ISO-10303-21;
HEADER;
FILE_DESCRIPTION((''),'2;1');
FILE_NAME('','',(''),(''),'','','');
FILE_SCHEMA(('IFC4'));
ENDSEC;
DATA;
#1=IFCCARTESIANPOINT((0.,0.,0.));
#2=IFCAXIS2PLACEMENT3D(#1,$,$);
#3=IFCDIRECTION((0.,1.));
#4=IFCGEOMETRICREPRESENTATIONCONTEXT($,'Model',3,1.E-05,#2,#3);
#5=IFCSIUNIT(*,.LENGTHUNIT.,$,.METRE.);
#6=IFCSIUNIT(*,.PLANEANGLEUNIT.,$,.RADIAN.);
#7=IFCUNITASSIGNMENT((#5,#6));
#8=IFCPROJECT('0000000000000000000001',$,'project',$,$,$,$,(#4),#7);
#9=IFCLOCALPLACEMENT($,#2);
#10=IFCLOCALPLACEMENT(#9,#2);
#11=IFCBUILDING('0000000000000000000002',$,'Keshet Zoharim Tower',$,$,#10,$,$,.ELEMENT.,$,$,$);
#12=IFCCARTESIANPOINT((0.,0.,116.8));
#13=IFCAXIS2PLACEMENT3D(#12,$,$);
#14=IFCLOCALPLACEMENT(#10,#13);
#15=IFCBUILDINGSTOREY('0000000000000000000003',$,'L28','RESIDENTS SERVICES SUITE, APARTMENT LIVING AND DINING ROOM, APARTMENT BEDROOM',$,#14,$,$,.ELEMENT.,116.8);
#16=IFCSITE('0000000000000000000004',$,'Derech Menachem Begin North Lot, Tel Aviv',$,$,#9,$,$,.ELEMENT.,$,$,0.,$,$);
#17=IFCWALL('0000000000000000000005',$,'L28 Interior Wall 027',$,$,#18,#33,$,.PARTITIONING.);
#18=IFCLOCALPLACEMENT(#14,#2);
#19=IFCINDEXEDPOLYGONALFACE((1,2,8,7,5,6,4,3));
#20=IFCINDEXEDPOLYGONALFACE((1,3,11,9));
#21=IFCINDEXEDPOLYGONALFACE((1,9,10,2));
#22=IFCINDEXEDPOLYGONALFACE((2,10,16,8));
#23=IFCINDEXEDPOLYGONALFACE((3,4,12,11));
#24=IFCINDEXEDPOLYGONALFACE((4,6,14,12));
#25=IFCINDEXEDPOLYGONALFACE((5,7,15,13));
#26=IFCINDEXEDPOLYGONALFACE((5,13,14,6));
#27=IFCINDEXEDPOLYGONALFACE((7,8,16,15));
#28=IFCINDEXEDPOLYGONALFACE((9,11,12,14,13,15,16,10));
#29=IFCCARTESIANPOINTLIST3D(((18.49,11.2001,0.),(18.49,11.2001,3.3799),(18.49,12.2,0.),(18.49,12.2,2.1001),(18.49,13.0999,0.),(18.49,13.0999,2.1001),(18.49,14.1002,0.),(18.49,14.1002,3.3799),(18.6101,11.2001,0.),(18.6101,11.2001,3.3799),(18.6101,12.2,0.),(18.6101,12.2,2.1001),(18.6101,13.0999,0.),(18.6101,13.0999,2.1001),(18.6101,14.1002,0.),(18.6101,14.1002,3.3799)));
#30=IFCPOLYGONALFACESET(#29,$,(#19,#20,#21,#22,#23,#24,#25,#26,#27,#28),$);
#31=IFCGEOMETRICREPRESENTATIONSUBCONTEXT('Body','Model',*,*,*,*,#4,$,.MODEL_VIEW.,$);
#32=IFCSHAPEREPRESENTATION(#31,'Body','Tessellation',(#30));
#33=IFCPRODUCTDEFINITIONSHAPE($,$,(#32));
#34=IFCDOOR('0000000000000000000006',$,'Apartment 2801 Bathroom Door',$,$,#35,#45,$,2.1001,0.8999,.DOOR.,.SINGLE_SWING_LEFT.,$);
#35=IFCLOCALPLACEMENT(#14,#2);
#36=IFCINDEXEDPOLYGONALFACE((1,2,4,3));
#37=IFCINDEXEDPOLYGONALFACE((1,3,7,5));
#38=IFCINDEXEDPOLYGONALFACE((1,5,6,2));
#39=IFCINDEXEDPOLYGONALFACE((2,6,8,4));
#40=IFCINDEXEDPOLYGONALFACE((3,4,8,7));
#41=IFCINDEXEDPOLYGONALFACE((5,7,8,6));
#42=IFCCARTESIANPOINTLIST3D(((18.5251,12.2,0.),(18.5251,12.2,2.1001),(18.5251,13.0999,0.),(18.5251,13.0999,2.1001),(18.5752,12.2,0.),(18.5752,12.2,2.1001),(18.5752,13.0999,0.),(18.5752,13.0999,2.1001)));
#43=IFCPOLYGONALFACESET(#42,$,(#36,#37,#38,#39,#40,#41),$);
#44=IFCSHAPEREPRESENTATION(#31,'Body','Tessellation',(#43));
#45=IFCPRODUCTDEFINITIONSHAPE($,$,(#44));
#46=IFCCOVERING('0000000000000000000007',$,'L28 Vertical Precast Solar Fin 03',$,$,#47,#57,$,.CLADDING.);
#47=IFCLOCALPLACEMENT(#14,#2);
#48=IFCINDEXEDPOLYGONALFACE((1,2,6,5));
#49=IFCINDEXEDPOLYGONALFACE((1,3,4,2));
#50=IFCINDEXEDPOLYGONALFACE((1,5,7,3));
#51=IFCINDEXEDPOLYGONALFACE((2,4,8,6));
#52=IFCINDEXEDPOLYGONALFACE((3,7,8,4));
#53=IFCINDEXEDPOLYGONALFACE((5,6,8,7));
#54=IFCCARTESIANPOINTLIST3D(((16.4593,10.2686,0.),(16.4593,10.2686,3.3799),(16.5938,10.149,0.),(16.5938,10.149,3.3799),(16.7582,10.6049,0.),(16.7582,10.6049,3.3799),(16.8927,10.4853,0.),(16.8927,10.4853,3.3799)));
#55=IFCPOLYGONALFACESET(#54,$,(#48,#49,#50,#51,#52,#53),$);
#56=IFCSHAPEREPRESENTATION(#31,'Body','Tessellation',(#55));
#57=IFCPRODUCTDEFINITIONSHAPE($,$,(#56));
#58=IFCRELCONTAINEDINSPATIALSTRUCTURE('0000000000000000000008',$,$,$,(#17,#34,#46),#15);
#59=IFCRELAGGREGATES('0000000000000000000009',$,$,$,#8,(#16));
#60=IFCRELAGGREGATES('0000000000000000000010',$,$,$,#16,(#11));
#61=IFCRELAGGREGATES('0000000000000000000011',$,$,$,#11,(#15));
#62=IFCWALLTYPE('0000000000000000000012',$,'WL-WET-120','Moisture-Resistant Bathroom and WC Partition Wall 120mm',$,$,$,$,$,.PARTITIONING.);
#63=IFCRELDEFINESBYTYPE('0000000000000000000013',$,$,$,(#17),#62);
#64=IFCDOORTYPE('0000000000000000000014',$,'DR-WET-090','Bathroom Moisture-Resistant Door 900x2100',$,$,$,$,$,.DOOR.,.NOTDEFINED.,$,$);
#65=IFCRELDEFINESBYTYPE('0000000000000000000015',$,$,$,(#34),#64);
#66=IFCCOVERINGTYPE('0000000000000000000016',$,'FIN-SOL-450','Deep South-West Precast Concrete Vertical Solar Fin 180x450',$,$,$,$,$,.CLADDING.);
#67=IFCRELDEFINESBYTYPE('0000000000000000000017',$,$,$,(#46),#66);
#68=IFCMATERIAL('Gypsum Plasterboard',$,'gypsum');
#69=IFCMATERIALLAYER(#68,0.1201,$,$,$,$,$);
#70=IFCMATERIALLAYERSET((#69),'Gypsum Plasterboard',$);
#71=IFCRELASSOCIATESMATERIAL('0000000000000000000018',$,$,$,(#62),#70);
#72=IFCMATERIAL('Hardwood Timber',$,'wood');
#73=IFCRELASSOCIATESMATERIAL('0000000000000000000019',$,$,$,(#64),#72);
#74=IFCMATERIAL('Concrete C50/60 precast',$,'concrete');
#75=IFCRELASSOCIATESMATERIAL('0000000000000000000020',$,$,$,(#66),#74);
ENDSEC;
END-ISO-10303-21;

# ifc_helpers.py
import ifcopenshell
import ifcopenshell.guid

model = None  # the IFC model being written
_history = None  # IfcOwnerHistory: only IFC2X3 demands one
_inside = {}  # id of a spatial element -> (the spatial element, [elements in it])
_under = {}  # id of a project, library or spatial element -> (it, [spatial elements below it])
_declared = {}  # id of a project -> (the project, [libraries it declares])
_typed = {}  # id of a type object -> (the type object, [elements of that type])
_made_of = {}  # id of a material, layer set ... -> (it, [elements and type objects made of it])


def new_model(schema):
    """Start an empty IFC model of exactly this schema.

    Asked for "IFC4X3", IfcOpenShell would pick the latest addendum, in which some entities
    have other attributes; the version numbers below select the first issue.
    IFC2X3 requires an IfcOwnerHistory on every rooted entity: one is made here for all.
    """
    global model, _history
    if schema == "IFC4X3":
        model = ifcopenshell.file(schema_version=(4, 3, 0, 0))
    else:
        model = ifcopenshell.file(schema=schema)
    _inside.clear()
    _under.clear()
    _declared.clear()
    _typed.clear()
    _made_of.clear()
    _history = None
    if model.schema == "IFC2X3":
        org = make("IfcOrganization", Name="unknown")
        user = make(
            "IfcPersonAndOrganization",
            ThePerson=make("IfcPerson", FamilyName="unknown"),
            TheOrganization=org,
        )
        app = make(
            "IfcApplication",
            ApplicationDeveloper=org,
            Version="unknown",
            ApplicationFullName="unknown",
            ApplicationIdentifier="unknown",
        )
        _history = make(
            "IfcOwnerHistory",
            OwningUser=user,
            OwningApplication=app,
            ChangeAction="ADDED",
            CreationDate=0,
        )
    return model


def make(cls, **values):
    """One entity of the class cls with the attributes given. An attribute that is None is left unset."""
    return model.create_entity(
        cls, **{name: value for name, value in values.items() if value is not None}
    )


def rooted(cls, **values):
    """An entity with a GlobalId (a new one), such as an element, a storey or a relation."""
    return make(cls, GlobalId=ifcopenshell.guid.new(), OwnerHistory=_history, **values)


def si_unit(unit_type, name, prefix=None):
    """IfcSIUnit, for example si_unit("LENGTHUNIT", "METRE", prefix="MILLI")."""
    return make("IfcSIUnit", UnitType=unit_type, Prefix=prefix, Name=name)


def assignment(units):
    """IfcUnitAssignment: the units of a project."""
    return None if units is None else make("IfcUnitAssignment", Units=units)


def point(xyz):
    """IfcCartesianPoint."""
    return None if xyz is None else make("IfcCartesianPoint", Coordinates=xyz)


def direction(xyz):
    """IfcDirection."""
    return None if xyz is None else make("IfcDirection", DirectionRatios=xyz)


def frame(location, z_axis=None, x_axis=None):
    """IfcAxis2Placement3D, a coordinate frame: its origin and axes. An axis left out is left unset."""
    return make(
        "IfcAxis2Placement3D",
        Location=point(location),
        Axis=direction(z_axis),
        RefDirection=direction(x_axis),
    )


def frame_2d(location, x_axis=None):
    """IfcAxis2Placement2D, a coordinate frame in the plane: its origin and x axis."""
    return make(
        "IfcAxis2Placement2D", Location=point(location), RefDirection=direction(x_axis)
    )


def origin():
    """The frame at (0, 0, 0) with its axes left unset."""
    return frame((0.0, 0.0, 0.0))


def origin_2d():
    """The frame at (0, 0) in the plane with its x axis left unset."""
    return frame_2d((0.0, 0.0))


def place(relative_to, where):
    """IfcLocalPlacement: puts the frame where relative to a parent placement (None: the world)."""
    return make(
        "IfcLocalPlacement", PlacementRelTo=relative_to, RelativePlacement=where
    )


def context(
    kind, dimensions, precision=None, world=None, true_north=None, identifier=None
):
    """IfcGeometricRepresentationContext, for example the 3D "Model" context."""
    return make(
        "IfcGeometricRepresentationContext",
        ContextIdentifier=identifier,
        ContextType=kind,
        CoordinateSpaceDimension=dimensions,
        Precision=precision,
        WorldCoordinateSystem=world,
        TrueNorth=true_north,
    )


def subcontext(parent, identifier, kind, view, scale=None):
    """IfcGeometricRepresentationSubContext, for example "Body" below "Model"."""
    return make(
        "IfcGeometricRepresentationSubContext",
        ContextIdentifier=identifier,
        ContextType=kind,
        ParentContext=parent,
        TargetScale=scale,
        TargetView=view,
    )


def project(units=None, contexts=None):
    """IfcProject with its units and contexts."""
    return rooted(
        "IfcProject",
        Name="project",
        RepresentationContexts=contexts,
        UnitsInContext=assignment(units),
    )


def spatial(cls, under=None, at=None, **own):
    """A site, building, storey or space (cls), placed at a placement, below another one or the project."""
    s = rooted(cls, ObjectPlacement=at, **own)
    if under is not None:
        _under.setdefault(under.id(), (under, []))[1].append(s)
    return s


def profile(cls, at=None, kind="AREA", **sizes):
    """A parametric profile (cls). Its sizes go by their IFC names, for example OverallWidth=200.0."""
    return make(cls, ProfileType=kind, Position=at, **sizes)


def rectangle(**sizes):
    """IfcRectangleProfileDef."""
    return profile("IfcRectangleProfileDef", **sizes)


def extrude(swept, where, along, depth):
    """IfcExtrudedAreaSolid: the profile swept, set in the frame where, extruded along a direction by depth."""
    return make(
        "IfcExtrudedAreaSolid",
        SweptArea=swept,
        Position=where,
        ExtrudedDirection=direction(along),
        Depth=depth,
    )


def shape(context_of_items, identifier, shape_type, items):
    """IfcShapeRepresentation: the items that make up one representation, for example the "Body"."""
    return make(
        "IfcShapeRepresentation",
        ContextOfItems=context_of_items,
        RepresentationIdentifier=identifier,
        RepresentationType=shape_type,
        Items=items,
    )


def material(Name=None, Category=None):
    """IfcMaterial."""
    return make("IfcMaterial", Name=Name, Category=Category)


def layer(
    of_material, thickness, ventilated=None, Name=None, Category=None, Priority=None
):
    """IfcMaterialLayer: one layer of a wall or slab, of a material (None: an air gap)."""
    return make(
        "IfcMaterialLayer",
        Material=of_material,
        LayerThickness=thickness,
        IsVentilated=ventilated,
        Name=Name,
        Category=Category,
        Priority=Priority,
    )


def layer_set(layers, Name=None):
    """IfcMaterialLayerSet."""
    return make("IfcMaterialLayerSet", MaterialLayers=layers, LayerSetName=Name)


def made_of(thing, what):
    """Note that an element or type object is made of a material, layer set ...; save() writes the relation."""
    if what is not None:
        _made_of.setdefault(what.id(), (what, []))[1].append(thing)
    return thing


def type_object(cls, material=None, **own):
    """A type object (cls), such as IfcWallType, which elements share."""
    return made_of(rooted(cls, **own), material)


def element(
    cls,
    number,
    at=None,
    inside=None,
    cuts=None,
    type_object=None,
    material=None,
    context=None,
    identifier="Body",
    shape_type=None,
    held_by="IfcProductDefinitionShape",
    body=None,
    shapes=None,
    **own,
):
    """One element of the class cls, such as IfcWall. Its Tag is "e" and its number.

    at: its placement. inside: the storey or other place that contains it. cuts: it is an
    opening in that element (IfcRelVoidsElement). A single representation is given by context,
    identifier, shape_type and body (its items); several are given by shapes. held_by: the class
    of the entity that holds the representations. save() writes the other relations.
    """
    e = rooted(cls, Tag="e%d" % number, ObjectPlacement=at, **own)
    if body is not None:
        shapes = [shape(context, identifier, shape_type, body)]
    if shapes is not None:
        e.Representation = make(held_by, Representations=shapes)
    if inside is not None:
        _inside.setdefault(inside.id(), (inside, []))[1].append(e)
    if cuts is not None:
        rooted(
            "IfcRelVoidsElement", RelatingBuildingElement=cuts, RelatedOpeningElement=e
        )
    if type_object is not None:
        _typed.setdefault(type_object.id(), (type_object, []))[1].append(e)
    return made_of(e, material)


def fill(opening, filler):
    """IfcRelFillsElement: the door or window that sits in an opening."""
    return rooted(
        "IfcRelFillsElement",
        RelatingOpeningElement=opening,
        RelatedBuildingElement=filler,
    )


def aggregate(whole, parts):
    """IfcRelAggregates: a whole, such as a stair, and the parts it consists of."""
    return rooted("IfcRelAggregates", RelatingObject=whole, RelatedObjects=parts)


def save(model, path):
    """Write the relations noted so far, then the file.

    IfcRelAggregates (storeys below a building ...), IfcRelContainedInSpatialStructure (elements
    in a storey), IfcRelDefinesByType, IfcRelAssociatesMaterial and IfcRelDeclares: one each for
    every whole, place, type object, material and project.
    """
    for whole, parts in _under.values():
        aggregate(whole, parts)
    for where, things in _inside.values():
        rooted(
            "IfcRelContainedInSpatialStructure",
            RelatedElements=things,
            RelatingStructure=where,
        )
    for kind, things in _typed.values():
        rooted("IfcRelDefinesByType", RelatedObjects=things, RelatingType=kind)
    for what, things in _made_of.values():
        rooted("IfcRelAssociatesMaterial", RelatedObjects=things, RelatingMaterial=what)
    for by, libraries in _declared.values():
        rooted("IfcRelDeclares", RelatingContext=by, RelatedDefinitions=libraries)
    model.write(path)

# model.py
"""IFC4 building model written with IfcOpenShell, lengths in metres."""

from ifc_helpers import new_model, si_unit, direction, frame, frame_2d, origin, origin_2d, place, context, subcontext, project, spatial, rectangle, extrude, material, layer, layer_set, type_object, element, fill, save


model = new_model("IFC4")

# Units and contexts
model_context = context("Model", 3, precision=1e-05, world=origin(), true_north=direction((0.0, 1.0)))
body_context = subcontext(model_context, "Body", "Model", "MODEL_VIEW")
ifc_project = project(units=[si_unit("LENGTHUNIT", "METRE"), si_unit("PLANEANGLEUNIT", "RADIAN")], contexts=[model_context])

# Site, building, storey
site_placement = place(None, origin())
site = spatial("IfcSite", under=ifc_project, at=site_placement, Name="Derech Menachem Begin North Lot, Tel Aviv", CompositionType="ELEMENT", RefElevation=0.0)
building_placement = place(site_placement, origin())
building = spatial("IfcBuilding", under=site, at=building_placement, Name="Keshet Zoharim Tower", CompositionType="ELEMENT")
storey_placement = place(building_placement, frame((0.0, 0.0, 116.8)))
storey = spatial("IfcBuildingStorey", under=building, at=storey_placement, Name="L28", Description="RESIDENTS SERVICES SUITE, APARTMENT LIVING AND DINING ROOM, APARTMENT BEDROOM", CompositionType="ELEMENT", Elevation=116.8)

# Shared definitions
ifc_material_1 = material(Name="Gypsum Plasterboard", Category="gypsum")
ifc_material_2 = material(Name="Hardwood Timber", Category="wood")

# Wall, opening, door
ifc_layer_1 = layer(ifc_material_1, 0.1201)
ifc_layer_set_1 = layer_set([ifc_layer_1], Name="Gypsum Plasterboard")
wall_type_1 = type_object("IfcWallType", Name="WL-WET-120", Description="Moisture-Resistant Bathroom and WC Partition Wall 120mm", PredefinedType="PARTITIONING", material=ifc_layer_set_1)
wall_1_placement = place(storey_placement, frame((18.55, 11.2, 0.0), z_axis=(0.0, 0.0, 1.0), x_axis=(0.0, 1.0, 0.0)))
wall_1 = element("IfcWall", 1, at=wall_1_placement, inside=storey, type_object=wall_type_1, Name="L28 Interior Wall 027", PredefinedType="PARTITIONING", context=body_context, shape_type="SweptSolid", body=[
    extrude(rectangle(XDim=2.9001, YDim=0.1201, at=frame_2d((1.4502, 0.0))), origin(), (0.0, 0.0, 1.0), 3.3799),
])
opening_1_placement = place(wall_1_placement, frame((1.0, 0.0, 0.0)))
opening_1 = element("IfcOpeningElement", 2, at=opening_1_placement, cuts=wall_1, PredefinedType="OPENING", context=body_context, shape_type="SweptSolid", body=[
    extrude(rectangle(XDim=0.8999, YDim=2.1001, at=frame_2d((0.45, 1.05))), frame((0.0, 0.0701, 0.0), z_axis=(0.0, -1.0, 0.0), x_axis=(1.0, 0.0, 0.0)), (0.0, 0.0, 1.0), 0.1401),
])
door_type_1 = type_object("IfcDoorType", Name="DR-WET-090", Description="Bathroom Moisture-Resistant Door 900x2100", OperationType="NOTDEFINED", PredefinedType="DOOR", material=ifc_material_2)
door_1_placement = place(opening_1_placement, origin())
door_1 = element("IfcDoor", 3, at=door_1_placement, inside=storey, type_object=door_type_1, Name="Apartment 2801 Bathroom Door", OperationType="SINGLE_SWING_LEFT", OverallHeight=2.1001, OverallWidth=0.8999, PredefinedType="DOOR", context=body_context, shape_type="SweptSolid", body=[
    extrude(rectangle(XDim=0.8999, YDim=2.1001, at=frame_2d((0.45, 1.05))), frame((0.0, 0.0249, 0.0), z_axis=(0.0, -1.0, 0.0), x_axis=(1.0, 0.0, 0.0)), (0.0, 0.0, 1.0), 0.05),
])
fill(opening_1, door_1)

# Covering
ifc_material_3 = material(Name="Concrete C50/60 precast", Category="concrete")
covering_type = type_object("IfcCoveringType", Name="FIN-SOL-450", Description="Deep South-West Precast Concrete Vertical Solar Fin 180x450", PredefinedType="CLADDING", material=ifc_material_3)
covering_placement = place(storey_placement, frame((16.676, 10.377, 0.0), z_axis=(0.0, 0.0, 1.0), x_axis=(-0.747409, 0.664364, 0.0)))
element("IfcCovering", 4, at=covering_placement, inside=storey, type_object=covering_type, Name="L28 Vertical Precast Solar Fin 03", PredefinedType="CLADDING", context=body_context, shape_type="SweptSolid", body=[
    extrude(rectangle(XDim=0.1799, YDim=0.45, at=origin_2d()), origin(), (0.0, 0.0, 1.0), 3.3799),
])

save(model, "model.ifc")
